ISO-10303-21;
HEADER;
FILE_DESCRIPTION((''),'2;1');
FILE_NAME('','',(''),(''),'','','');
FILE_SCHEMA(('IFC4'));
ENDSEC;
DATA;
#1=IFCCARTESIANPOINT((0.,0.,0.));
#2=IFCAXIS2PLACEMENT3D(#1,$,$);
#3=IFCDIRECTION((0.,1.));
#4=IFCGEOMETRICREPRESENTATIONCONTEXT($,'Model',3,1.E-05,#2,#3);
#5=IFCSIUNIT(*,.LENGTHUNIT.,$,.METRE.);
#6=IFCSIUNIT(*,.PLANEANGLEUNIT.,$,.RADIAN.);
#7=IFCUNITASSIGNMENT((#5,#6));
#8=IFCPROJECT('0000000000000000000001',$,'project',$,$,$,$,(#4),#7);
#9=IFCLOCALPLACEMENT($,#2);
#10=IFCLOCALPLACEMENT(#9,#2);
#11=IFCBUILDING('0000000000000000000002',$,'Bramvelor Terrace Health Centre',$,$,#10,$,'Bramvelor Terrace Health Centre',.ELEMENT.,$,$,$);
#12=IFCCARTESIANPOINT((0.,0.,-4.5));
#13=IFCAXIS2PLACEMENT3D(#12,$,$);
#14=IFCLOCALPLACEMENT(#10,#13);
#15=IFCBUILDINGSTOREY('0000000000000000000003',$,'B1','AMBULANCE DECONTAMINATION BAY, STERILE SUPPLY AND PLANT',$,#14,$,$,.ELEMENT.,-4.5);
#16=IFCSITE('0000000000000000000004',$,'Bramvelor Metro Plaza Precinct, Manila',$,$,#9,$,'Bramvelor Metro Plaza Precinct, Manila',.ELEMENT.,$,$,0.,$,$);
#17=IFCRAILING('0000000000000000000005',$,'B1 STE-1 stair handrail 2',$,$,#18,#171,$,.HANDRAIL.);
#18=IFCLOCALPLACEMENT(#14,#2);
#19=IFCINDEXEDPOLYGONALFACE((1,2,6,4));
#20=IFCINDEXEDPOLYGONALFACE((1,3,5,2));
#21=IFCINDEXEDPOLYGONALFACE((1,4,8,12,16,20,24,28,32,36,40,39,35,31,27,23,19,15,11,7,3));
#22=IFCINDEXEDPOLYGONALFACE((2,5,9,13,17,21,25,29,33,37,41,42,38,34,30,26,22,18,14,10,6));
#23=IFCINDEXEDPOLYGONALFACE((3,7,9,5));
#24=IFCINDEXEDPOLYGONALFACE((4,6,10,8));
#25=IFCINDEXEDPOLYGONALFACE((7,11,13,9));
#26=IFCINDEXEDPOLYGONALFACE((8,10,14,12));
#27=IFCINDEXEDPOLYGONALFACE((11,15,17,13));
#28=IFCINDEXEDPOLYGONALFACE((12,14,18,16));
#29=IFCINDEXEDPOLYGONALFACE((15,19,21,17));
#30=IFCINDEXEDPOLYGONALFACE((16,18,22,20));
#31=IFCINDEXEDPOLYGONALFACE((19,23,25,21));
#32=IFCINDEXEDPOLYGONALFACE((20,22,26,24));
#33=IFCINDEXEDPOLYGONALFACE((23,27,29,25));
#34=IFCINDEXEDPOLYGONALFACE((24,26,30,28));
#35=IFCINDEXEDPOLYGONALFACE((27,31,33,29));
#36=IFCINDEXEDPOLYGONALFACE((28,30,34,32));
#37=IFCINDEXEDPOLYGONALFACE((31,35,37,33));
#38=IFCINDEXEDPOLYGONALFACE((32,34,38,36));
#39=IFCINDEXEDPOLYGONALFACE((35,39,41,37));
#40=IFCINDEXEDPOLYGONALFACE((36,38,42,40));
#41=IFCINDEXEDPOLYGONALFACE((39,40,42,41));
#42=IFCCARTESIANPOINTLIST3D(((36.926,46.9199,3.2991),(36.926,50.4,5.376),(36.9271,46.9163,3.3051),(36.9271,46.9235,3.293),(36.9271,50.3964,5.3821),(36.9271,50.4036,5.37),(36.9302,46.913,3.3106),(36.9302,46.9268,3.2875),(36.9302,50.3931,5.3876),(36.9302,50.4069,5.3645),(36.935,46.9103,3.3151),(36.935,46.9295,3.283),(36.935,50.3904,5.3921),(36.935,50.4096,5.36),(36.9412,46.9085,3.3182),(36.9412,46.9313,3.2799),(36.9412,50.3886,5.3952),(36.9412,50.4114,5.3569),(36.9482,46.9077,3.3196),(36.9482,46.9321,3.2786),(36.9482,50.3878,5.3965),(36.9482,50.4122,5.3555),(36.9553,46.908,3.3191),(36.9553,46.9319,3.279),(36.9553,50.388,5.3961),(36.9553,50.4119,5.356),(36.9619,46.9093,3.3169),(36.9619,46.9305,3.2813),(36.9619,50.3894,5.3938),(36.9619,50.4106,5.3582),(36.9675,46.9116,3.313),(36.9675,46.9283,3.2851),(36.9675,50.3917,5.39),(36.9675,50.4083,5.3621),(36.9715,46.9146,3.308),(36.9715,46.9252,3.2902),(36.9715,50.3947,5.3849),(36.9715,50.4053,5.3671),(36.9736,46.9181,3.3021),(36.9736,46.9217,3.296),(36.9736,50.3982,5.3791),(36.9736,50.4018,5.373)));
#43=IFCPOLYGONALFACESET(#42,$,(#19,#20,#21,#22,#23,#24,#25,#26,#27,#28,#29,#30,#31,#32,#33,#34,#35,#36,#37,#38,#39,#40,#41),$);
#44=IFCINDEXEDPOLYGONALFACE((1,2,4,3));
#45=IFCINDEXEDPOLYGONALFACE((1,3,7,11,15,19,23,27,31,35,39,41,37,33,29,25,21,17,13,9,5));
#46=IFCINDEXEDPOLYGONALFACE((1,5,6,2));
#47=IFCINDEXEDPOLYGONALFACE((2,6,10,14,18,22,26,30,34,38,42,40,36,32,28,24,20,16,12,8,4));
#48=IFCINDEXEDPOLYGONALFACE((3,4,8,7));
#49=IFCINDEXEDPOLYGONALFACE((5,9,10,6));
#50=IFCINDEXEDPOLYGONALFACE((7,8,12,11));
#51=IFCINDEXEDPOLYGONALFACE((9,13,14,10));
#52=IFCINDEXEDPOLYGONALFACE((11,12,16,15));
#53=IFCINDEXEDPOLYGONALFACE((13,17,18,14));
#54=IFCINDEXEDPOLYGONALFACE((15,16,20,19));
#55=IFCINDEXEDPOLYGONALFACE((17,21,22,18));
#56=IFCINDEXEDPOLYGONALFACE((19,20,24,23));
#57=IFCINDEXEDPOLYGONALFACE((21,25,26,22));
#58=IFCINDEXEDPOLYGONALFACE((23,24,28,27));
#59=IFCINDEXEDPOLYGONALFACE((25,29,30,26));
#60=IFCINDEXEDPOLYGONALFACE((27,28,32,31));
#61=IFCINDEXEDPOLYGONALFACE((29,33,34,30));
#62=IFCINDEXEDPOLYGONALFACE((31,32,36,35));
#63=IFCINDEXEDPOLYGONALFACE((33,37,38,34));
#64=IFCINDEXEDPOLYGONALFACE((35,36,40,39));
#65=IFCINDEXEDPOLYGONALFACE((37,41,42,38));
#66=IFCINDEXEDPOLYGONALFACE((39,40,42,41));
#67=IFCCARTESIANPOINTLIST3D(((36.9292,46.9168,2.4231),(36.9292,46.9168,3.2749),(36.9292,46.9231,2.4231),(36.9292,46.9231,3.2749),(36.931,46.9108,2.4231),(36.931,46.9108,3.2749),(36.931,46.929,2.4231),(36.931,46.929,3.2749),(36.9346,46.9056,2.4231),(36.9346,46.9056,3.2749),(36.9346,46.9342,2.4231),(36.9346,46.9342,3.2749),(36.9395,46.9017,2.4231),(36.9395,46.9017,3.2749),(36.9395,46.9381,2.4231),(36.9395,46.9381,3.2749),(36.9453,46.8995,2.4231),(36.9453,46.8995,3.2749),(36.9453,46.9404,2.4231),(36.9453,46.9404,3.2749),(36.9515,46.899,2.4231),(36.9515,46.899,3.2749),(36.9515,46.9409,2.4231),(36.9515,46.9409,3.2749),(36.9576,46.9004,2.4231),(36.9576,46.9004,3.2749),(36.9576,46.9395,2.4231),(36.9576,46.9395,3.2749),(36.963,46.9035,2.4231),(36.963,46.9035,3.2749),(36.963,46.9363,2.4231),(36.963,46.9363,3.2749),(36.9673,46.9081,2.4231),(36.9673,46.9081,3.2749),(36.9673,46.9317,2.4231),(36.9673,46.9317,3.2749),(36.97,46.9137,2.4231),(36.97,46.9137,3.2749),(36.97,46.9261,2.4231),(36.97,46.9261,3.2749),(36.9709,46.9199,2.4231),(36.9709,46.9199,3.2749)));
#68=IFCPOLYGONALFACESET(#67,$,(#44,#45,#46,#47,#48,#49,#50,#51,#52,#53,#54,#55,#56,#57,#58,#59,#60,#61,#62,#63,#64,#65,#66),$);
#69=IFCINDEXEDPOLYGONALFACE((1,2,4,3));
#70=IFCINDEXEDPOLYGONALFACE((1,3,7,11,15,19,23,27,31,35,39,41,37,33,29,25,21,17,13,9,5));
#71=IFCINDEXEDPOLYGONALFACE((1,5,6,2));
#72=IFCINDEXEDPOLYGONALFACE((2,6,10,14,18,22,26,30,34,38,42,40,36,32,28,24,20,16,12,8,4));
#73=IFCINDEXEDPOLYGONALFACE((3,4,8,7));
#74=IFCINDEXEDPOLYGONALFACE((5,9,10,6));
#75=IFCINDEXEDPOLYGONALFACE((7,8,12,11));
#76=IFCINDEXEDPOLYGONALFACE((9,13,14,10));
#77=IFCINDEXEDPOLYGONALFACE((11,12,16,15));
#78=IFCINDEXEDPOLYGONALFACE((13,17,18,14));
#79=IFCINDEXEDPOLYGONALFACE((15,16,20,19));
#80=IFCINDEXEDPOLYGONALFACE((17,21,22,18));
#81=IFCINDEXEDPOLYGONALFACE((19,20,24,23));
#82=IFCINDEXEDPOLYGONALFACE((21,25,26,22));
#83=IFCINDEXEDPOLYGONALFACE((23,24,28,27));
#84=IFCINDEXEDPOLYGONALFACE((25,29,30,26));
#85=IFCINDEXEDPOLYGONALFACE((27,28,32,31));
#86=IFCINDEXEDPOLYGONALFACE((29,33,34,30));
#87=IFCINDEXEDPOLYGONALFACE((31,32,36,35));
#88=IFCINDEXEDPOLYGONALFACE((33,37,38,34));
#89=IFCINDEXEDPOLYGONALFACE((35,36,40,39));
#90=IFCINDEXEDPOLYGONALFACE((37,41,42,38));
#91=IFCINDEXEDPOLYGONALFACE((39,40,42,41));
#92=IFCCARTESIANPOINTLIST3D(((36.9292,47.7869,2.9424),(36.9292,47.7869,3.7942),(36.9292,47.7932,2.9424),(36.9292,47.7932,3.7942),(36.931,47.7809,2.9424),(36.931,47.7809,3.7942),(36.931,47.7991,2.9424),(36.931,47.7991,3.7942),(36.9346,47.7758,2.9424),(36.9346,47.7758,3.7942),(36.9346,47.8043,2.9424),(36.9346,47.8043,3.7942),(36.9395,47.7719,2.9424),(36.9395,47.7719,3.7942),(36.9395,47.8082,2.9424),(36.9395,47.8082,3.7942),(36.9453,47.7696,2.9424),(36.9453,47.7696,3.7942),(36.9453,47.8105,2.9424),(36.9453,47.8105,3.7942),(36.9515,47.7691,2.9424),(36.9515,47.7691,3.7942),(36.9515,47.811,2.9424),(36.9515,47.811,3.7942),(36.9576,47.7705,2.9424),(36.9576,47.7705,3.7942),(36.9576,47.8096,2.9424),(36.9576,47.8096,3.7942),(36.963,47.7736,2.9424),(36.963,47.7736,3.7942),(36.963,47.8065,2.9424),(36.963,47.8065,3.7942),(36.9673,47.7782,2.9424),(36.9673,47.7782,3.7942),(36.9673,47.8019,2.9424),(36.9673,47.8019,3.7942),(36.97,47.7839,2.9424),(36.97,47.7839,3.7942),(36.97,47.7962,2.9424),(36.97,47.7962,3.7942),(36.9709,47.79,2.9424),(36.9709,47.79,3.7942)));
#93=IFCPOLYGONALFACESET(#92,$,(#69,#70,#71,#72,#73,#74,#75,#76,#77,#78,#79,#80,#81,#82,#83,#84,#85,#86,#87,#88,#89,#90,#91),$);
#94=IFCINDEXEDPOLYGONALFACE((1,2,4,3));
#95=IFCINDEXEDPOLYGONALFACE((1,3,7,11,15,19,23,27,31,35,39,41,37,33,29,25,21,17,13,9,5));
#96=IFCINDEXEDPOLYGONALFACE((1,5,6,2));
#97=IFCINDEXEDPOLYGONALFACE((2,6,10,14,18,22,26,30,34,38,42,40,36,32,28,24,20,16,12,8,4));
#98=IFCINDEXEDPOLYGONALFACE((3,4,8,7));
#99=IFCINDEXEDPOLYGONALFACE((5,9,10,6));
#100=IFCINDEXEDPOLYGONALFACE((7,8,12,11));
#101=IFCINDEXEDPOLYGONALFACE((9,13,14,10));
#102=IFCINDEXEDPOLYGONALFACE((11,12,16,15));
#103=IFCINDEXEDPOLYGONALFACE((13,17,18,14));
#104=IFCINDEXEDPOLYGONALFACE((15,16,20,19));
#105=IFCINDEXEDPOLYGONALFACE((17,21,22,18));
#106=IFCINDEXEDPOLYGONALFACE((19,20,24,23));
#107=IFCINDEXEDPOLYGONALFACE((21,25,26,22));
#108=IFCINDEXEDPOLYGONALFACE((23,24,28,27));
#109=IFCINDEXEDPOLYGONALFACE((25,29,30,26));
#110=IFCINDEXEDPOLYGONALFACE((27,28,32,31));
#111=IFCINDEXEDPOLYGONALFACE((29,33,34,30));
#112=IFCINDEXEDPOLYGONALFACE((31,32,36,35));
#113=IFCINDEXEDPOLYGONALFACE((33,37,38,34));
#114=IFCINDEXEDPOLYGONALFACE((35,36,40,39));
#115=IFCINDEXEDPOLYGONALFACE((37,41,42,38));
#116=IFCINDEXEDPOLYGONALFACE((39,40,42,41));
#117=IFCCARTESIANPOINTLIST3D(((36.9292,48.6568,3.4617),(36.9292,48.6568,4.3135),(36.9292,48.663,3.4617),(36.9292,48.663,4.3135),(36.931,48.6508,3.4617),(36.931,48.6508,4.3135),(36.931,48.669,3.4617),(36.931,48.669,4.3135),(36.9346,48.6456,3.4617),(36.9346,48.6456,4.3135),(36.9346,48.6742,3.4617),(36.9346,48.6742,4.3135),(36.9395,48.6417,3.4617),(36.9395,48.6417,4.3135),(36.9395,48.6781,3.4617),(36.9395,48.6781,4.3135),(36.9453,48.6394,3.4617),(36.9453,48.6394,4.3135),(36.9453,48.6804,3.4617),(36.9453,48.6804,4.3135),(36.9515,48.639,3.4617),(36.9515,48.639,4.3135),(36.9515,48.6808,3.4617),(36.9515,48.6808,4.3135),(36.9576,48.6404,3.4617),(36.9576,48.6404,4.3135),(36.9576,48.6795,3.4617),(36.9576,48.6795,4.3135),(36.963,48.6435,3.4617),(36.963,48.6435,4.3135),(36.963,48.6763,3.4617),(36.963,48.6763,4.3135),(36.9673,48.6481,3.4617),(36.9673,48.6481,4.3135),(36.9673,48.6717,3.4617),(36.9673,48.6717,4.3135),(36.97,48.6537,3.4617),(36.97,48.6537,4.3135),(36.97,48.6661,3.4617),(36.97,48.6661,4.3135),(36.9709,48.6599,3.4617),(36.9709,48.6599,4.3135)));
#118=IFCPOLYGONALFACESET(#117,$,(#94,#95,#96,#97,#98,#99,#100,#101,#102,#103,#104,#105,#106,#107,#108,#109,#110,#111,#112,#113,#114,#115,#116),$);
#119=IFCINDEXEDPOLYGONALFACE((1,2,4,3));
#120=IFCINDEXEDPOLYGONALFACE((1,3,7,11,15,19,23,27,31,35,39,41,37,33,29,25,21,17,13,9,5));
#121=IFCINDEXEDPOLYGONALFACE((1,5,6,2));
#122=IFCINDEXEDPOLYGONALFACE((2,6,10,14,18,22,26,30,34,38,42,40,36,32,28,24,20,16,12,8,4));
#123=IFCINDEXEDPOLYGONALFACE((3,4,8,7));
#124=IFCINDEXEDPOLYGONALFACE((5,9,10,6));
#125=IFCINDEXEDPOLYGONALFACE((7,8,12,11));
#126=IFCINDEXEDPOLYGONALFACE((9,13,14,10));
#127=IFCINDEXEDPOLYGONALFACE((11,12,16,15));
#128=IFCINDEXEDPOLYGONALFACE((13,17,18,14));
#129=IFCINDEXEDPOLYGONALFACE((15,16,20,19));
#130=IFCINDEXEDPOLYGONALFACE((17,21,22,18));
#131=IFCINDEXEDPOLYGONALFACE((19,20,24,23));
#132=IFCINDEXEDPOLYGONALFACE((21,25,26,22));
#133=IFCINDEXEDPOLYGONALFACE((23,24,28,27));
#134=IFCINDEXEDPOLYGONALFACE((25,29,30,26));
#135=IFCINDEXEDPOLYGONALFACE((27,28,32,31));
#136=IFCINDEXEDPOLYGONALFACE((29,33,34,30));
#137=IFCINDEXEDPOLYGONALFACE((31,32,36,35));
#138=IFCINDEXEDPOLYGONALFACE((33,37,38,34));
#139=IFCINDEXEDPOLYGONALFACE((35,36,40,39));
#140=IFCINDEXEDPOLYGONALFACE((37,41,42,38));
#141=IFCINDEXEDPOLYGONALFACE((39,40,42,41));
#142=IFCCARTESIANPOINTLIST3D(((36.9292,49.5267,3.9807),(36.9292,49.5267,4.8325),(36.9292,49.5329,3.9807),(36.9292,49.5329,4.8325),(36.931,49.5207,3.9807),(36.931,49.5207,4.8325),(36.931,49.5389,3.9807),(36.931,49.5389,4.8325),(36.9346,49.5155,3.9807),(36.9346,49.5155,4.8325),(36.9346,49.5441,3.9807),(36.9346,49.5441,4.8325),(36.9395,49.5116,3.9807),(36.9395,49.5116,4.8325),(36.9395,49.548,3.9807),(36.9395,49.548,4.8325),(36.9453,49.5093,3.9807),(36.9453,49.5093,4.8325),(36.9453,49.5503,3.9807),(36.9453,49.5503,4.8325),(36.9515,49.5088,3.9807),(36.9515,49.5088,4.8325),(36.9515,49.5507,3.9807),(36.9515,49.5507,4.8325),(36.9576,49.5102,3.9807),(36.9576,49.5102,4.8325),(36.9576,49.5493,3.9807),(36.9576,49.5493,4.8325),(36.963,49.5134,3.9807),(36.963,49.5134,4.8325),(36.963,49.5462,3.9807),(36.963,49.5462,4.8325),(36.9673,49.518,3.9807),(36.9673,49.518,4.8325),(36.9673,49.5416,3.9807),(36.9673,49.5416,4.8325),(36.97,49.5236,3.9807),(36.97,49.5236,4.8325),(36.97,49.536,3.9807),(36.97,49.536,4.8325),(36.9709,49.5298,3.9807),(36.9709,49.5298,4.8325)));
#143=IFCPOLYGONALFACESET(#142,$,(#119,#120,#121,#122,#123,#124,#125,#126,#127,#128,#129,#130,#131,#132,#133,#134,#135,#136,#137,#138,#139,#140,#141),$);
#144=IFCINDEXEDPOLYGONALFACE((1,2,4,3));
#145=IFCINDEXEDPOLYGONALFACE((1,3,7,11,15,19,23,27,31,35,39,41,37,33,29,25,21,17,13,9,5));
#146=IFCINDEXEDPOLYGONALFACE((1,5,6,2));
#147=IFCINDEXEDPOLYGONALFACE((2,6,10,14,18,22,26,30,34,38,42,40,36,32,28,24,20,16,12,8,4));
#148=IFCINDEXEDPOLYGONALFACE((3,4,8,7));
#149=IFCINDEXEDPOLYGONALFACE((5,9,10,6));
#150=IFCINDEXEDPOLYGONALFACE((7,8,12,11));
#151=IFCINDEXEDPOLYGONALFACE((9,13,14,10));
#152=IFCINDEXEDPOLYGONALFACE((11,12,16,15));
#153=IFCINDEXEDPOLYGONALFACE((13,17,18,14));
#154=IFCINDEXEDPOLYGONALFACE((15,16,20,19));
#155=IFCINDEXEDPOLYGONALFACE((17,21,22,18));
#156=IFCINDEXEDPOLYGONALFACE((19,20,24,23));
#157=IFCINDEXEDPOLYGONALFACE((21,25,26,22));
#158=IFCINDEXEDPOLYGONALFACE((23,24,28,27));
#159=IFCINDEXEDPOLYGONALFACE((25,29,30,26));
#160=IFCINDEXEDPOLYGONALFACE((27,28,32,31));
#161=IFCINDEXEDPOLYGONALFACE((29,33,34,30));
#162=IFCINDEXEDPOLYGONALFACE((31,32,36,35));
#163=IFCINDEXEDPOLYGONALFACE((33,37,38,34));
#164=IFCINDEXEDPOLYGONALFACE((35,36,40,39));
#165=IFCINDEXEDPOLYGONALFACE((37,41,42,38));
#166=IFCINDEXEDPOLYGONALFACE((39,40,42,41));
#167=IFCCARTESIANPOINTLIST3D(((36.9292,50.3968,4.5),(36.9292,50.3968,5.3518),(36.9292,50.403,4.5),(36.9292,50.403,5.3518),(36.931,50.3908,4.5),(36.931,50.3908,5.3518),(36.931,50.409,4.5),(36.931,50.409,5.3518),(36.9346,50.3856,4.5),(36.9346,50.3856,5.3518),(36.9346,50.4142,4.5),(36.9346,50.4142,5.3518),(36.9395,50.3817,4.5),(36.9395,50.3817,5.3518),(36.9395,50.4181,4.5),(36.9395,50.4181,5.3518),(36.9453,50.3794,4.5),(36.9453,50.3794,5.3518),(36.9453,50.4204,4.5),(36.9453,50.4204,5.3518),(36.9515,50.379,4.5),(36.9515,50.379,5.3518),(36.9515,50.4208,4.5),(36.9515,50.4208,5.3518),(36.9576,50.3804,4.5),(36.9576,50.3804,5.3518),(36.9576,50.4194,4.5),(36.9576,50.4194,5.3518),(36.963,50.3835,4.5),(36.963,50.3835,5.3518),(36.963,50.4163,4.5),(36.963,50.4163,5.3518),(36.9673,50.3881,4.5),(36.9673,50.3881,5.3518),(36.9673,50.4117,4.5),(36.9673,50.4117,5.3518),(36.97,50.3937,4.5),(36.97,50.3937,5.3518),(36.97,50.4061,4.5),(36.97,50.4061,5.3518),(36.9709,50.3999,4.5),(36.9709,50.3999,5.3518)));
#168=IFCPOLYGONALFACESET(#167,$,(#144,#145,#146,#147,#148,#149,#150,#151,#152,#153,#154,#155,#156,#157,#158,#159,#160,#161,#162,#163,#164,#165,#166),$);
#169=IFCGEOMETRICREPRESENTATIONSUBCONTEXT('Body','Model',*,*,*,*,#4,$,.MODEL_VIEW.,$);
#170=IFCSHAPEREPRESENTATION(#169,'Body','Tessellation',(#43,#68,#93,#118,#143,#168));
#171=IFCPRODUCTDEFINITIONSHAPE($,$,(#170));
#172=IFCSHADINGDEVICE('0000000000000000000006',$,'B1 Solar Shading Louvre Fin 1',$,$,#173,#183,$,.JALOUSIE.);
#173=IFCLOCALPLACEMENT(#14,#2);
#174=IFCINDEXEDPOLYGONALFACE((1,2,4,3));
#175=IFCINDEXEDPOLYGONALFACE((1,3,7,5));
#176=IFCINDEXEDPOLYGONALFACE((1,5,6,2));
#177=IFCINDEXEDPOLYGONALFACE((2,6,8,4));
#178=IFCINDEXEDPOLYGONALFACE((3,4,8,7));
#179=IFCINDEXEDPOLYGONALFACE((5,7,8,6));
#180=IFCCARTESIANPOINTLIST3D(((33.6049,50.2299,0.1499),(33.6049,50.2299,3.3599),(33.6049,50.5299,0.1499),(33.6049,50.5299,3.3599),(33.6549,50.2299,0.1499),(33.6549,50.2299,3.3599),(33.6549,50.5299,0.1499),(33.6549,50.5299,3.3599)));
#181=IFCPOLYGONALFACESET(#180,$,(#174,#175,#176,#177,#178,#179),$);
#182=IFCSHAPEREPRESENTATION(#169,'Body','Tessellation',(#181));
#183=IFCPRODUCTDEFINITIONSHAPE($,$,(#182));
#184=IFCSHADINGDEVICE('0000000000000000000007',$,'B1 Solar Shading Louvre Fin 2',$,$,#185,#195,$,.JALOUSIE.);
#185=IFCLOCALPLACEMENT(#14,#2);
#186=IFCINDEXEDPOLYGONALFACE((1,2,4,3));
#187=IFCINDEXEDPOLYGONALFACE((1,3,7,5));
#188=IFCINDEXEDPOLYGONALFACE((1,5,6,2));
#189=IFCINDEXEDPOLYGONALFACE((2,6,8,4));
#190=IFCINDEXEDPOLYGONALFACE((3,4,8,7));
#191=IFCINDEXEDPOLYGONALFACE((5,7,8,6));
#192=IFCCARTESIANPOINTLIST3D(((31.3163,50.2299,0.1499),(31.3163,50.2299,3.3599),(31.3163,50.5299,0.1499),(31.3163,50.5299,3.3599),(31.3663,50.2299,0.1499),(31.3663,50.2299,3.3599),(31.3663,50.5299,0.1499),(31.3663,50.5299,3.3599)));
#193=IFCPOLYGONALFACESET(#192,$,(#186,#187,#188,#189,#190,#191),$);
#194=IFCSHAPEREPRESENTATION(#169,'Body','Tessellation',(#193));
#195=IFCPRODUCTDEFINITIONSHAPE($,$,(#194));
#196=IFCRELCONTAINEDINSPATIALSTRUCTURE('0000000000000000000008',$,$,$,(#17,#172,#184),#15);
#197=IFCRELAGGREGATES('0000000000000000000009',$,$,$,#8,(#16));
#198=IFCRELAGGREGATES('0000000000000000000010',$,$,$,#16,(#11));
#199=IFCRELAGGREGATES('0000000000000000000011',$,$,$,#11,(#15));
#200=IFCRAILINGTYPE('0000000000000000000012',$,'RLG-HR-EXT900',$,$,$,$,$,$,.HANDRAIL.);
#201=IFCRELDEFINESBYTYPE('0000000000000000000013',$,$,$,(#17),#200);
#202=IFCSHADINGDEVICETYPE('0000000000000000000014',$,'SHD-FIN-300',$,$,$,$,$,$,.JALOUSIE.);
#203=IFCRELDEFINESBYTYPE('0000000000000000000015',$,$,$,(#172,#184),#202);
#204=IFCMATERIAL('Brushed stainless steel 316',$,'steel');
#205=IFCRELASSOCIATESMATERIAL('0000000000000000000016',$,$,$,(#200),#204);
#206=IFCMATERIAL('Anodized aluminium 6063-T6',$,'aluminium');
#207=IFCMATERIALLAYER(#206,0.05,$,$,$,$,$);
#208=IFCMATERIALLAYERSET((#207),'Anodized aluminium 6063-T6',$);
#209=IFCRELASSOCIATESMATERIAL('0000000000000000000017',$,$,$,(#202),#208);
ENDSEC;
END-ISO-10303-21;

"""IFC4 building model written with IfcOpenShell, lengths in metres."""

from ifc_helpers import new_model, si_unit, direction, frame, origin, origin_2d, place, context, subcontext, project, spatial, rectangle, circle, extrude, material, layer, layer_set, type_object, element, save


model = new_model("IFC4")

# Units and contexts
model_context = context("Model", 3, precision=1e-05, world=origin(), true_north=direction((0.0, 1.0)))
body_context = subcontext(model_context, "Body", "Model", "MODEL_VIEW")
ifc_project = project(units=[si_unit("LENGTHUNIT", "METRE"), si_unit("PLANEANGLEUNIT", "RADIAN")], contexts=[model_context])

# Site, building, storey
site_placement = place(None, origin())
site = spatial("IfcSite", under=ifc_project, at=site_placement, Name="Bramvelor Metro Plaza Precinct, Manila", LongName="Bramvelor Metro Plaza Precinct, Manila", CompositionType="ELEMENT", RefElevation=0.0)
building_placement = place(site_placement, origin())
building = spatial("IfcBuilding", under=site, at=building_placement, Name="Bramvelor Terrace Health Centre", LongName="Bramvelor Terrace Health Centre", CompositionType="ELEMENT")
storey_placement = place(building_placement, frame((0.0, 0.0, -4.5)))
storey = spatial("IfcBuildingStorey", under=building, at=storey_placement, Name="B1", Description="AMBULANCE DECONTAMINATION BAY, STERILE SUPPLY AND PLANT", CompositionType="ELEMENT", Elevation=-4.5)

# Railing
ifc_material_1 = material(Name="Brushed stainless steel 316", Category="steel")
railing_type_1 = type_object("IfcRailingType", Name="RLG-HR-EXT900", PredefinedType="HANDRAIL", material=ifc_material_1)
railing_1_placement = place(storey_placement, frame((36.95, 46.9199, 2.4231)))
element("IfcRailing", 1, at=railing_1_placement, inside=storey, type_object=railing_type_1, Name="B1 STE-1 stair handrail 2", PredefinedType="HANDRAIL", context=body_context, shape_type="SweptSolid", body=[
    extrude(circle(Radius=0.0239, at=origin_2d()), frame((0.0, 0.0, 0.876), z_axis=(0.0, 0.858697, 0.512483), x_axis=(-1.0, 0.0, 0.0)), (0.0, 0.0, 1.0), 4.0527),
    extrude(circle(Radius=0.021, at=origin_2d()), origin(), (0.0, 0.0, 1.0), 0.8518),
    extrude(circle(Radius=0.021, at=origin_2d()), frame((0.0, 0.8701, 0.5193)), (0.0, 0.0, 1.0), 0.8518),
    extrude(circle(Radius=0.021, at=origin_2d()), frame((0.0, 1.74, 1.0386)), (0.0, 0.0, 1.0), 0.8518),
    extrude(circle(Radius=0.021, at=origin_2d()), frame((0.0, 2.6099, 1.5576)), (0.0, 0.0, 1.0), 0.8518),
    extrude(circle(Radius=0.021, at=origin_2d()), frame((0.0, 3.48, 2.0769)), (0.0, 0.0, 1.0), 0.8518),
])

# Shading devices
ifc_material_2 = material(Name="Anodized aluminium 6063-T6", Category="aluminium")
ifc_layer_1 = layer(ifc_material_2, 0.05)
ifc_layer_set_1 = layer_set([ifc_layer_1], Name="Anodized aluminium 6063-T6")
shading_device_type = type_object("IfcShadingDeviceType", Name="SHD-FIN-300", PredefinedType="JALOUSIE", material=ifc_layer_set_1)
for number, where, z_axis, x_axis, name in (
    (2, (33.6299, 50.3799, 0.1499), (0.0, 0.0, 1.0), (1.0, 0.0, 0.0), "B1 Solar Shading Louvre Fin 1"),
    (3, (31.3413, 50.3799, 0.1499), (0.0, 0.0, 1.0), (1.0, 0.0, 0.0), "B1 Solar Shading Louvre Fin 2"),
):
    element("IfcShadingDevice", number, at=place(storey_placement, frame(where, z_axis=z_axis, x_axis=x_axis)), inside=storey, type_object=shading_device_type, Name=name, PredefinedType="JALOUSIE", context=body_context, shape_type="SweptSolid", body=[
        extrude(rectangle(XDim=0.05, YDim=0.3, at=origin_2d()), origin(), (0.0, 0.0, 1.0), 3.21),
    ])

save(model, "model.ifc")
